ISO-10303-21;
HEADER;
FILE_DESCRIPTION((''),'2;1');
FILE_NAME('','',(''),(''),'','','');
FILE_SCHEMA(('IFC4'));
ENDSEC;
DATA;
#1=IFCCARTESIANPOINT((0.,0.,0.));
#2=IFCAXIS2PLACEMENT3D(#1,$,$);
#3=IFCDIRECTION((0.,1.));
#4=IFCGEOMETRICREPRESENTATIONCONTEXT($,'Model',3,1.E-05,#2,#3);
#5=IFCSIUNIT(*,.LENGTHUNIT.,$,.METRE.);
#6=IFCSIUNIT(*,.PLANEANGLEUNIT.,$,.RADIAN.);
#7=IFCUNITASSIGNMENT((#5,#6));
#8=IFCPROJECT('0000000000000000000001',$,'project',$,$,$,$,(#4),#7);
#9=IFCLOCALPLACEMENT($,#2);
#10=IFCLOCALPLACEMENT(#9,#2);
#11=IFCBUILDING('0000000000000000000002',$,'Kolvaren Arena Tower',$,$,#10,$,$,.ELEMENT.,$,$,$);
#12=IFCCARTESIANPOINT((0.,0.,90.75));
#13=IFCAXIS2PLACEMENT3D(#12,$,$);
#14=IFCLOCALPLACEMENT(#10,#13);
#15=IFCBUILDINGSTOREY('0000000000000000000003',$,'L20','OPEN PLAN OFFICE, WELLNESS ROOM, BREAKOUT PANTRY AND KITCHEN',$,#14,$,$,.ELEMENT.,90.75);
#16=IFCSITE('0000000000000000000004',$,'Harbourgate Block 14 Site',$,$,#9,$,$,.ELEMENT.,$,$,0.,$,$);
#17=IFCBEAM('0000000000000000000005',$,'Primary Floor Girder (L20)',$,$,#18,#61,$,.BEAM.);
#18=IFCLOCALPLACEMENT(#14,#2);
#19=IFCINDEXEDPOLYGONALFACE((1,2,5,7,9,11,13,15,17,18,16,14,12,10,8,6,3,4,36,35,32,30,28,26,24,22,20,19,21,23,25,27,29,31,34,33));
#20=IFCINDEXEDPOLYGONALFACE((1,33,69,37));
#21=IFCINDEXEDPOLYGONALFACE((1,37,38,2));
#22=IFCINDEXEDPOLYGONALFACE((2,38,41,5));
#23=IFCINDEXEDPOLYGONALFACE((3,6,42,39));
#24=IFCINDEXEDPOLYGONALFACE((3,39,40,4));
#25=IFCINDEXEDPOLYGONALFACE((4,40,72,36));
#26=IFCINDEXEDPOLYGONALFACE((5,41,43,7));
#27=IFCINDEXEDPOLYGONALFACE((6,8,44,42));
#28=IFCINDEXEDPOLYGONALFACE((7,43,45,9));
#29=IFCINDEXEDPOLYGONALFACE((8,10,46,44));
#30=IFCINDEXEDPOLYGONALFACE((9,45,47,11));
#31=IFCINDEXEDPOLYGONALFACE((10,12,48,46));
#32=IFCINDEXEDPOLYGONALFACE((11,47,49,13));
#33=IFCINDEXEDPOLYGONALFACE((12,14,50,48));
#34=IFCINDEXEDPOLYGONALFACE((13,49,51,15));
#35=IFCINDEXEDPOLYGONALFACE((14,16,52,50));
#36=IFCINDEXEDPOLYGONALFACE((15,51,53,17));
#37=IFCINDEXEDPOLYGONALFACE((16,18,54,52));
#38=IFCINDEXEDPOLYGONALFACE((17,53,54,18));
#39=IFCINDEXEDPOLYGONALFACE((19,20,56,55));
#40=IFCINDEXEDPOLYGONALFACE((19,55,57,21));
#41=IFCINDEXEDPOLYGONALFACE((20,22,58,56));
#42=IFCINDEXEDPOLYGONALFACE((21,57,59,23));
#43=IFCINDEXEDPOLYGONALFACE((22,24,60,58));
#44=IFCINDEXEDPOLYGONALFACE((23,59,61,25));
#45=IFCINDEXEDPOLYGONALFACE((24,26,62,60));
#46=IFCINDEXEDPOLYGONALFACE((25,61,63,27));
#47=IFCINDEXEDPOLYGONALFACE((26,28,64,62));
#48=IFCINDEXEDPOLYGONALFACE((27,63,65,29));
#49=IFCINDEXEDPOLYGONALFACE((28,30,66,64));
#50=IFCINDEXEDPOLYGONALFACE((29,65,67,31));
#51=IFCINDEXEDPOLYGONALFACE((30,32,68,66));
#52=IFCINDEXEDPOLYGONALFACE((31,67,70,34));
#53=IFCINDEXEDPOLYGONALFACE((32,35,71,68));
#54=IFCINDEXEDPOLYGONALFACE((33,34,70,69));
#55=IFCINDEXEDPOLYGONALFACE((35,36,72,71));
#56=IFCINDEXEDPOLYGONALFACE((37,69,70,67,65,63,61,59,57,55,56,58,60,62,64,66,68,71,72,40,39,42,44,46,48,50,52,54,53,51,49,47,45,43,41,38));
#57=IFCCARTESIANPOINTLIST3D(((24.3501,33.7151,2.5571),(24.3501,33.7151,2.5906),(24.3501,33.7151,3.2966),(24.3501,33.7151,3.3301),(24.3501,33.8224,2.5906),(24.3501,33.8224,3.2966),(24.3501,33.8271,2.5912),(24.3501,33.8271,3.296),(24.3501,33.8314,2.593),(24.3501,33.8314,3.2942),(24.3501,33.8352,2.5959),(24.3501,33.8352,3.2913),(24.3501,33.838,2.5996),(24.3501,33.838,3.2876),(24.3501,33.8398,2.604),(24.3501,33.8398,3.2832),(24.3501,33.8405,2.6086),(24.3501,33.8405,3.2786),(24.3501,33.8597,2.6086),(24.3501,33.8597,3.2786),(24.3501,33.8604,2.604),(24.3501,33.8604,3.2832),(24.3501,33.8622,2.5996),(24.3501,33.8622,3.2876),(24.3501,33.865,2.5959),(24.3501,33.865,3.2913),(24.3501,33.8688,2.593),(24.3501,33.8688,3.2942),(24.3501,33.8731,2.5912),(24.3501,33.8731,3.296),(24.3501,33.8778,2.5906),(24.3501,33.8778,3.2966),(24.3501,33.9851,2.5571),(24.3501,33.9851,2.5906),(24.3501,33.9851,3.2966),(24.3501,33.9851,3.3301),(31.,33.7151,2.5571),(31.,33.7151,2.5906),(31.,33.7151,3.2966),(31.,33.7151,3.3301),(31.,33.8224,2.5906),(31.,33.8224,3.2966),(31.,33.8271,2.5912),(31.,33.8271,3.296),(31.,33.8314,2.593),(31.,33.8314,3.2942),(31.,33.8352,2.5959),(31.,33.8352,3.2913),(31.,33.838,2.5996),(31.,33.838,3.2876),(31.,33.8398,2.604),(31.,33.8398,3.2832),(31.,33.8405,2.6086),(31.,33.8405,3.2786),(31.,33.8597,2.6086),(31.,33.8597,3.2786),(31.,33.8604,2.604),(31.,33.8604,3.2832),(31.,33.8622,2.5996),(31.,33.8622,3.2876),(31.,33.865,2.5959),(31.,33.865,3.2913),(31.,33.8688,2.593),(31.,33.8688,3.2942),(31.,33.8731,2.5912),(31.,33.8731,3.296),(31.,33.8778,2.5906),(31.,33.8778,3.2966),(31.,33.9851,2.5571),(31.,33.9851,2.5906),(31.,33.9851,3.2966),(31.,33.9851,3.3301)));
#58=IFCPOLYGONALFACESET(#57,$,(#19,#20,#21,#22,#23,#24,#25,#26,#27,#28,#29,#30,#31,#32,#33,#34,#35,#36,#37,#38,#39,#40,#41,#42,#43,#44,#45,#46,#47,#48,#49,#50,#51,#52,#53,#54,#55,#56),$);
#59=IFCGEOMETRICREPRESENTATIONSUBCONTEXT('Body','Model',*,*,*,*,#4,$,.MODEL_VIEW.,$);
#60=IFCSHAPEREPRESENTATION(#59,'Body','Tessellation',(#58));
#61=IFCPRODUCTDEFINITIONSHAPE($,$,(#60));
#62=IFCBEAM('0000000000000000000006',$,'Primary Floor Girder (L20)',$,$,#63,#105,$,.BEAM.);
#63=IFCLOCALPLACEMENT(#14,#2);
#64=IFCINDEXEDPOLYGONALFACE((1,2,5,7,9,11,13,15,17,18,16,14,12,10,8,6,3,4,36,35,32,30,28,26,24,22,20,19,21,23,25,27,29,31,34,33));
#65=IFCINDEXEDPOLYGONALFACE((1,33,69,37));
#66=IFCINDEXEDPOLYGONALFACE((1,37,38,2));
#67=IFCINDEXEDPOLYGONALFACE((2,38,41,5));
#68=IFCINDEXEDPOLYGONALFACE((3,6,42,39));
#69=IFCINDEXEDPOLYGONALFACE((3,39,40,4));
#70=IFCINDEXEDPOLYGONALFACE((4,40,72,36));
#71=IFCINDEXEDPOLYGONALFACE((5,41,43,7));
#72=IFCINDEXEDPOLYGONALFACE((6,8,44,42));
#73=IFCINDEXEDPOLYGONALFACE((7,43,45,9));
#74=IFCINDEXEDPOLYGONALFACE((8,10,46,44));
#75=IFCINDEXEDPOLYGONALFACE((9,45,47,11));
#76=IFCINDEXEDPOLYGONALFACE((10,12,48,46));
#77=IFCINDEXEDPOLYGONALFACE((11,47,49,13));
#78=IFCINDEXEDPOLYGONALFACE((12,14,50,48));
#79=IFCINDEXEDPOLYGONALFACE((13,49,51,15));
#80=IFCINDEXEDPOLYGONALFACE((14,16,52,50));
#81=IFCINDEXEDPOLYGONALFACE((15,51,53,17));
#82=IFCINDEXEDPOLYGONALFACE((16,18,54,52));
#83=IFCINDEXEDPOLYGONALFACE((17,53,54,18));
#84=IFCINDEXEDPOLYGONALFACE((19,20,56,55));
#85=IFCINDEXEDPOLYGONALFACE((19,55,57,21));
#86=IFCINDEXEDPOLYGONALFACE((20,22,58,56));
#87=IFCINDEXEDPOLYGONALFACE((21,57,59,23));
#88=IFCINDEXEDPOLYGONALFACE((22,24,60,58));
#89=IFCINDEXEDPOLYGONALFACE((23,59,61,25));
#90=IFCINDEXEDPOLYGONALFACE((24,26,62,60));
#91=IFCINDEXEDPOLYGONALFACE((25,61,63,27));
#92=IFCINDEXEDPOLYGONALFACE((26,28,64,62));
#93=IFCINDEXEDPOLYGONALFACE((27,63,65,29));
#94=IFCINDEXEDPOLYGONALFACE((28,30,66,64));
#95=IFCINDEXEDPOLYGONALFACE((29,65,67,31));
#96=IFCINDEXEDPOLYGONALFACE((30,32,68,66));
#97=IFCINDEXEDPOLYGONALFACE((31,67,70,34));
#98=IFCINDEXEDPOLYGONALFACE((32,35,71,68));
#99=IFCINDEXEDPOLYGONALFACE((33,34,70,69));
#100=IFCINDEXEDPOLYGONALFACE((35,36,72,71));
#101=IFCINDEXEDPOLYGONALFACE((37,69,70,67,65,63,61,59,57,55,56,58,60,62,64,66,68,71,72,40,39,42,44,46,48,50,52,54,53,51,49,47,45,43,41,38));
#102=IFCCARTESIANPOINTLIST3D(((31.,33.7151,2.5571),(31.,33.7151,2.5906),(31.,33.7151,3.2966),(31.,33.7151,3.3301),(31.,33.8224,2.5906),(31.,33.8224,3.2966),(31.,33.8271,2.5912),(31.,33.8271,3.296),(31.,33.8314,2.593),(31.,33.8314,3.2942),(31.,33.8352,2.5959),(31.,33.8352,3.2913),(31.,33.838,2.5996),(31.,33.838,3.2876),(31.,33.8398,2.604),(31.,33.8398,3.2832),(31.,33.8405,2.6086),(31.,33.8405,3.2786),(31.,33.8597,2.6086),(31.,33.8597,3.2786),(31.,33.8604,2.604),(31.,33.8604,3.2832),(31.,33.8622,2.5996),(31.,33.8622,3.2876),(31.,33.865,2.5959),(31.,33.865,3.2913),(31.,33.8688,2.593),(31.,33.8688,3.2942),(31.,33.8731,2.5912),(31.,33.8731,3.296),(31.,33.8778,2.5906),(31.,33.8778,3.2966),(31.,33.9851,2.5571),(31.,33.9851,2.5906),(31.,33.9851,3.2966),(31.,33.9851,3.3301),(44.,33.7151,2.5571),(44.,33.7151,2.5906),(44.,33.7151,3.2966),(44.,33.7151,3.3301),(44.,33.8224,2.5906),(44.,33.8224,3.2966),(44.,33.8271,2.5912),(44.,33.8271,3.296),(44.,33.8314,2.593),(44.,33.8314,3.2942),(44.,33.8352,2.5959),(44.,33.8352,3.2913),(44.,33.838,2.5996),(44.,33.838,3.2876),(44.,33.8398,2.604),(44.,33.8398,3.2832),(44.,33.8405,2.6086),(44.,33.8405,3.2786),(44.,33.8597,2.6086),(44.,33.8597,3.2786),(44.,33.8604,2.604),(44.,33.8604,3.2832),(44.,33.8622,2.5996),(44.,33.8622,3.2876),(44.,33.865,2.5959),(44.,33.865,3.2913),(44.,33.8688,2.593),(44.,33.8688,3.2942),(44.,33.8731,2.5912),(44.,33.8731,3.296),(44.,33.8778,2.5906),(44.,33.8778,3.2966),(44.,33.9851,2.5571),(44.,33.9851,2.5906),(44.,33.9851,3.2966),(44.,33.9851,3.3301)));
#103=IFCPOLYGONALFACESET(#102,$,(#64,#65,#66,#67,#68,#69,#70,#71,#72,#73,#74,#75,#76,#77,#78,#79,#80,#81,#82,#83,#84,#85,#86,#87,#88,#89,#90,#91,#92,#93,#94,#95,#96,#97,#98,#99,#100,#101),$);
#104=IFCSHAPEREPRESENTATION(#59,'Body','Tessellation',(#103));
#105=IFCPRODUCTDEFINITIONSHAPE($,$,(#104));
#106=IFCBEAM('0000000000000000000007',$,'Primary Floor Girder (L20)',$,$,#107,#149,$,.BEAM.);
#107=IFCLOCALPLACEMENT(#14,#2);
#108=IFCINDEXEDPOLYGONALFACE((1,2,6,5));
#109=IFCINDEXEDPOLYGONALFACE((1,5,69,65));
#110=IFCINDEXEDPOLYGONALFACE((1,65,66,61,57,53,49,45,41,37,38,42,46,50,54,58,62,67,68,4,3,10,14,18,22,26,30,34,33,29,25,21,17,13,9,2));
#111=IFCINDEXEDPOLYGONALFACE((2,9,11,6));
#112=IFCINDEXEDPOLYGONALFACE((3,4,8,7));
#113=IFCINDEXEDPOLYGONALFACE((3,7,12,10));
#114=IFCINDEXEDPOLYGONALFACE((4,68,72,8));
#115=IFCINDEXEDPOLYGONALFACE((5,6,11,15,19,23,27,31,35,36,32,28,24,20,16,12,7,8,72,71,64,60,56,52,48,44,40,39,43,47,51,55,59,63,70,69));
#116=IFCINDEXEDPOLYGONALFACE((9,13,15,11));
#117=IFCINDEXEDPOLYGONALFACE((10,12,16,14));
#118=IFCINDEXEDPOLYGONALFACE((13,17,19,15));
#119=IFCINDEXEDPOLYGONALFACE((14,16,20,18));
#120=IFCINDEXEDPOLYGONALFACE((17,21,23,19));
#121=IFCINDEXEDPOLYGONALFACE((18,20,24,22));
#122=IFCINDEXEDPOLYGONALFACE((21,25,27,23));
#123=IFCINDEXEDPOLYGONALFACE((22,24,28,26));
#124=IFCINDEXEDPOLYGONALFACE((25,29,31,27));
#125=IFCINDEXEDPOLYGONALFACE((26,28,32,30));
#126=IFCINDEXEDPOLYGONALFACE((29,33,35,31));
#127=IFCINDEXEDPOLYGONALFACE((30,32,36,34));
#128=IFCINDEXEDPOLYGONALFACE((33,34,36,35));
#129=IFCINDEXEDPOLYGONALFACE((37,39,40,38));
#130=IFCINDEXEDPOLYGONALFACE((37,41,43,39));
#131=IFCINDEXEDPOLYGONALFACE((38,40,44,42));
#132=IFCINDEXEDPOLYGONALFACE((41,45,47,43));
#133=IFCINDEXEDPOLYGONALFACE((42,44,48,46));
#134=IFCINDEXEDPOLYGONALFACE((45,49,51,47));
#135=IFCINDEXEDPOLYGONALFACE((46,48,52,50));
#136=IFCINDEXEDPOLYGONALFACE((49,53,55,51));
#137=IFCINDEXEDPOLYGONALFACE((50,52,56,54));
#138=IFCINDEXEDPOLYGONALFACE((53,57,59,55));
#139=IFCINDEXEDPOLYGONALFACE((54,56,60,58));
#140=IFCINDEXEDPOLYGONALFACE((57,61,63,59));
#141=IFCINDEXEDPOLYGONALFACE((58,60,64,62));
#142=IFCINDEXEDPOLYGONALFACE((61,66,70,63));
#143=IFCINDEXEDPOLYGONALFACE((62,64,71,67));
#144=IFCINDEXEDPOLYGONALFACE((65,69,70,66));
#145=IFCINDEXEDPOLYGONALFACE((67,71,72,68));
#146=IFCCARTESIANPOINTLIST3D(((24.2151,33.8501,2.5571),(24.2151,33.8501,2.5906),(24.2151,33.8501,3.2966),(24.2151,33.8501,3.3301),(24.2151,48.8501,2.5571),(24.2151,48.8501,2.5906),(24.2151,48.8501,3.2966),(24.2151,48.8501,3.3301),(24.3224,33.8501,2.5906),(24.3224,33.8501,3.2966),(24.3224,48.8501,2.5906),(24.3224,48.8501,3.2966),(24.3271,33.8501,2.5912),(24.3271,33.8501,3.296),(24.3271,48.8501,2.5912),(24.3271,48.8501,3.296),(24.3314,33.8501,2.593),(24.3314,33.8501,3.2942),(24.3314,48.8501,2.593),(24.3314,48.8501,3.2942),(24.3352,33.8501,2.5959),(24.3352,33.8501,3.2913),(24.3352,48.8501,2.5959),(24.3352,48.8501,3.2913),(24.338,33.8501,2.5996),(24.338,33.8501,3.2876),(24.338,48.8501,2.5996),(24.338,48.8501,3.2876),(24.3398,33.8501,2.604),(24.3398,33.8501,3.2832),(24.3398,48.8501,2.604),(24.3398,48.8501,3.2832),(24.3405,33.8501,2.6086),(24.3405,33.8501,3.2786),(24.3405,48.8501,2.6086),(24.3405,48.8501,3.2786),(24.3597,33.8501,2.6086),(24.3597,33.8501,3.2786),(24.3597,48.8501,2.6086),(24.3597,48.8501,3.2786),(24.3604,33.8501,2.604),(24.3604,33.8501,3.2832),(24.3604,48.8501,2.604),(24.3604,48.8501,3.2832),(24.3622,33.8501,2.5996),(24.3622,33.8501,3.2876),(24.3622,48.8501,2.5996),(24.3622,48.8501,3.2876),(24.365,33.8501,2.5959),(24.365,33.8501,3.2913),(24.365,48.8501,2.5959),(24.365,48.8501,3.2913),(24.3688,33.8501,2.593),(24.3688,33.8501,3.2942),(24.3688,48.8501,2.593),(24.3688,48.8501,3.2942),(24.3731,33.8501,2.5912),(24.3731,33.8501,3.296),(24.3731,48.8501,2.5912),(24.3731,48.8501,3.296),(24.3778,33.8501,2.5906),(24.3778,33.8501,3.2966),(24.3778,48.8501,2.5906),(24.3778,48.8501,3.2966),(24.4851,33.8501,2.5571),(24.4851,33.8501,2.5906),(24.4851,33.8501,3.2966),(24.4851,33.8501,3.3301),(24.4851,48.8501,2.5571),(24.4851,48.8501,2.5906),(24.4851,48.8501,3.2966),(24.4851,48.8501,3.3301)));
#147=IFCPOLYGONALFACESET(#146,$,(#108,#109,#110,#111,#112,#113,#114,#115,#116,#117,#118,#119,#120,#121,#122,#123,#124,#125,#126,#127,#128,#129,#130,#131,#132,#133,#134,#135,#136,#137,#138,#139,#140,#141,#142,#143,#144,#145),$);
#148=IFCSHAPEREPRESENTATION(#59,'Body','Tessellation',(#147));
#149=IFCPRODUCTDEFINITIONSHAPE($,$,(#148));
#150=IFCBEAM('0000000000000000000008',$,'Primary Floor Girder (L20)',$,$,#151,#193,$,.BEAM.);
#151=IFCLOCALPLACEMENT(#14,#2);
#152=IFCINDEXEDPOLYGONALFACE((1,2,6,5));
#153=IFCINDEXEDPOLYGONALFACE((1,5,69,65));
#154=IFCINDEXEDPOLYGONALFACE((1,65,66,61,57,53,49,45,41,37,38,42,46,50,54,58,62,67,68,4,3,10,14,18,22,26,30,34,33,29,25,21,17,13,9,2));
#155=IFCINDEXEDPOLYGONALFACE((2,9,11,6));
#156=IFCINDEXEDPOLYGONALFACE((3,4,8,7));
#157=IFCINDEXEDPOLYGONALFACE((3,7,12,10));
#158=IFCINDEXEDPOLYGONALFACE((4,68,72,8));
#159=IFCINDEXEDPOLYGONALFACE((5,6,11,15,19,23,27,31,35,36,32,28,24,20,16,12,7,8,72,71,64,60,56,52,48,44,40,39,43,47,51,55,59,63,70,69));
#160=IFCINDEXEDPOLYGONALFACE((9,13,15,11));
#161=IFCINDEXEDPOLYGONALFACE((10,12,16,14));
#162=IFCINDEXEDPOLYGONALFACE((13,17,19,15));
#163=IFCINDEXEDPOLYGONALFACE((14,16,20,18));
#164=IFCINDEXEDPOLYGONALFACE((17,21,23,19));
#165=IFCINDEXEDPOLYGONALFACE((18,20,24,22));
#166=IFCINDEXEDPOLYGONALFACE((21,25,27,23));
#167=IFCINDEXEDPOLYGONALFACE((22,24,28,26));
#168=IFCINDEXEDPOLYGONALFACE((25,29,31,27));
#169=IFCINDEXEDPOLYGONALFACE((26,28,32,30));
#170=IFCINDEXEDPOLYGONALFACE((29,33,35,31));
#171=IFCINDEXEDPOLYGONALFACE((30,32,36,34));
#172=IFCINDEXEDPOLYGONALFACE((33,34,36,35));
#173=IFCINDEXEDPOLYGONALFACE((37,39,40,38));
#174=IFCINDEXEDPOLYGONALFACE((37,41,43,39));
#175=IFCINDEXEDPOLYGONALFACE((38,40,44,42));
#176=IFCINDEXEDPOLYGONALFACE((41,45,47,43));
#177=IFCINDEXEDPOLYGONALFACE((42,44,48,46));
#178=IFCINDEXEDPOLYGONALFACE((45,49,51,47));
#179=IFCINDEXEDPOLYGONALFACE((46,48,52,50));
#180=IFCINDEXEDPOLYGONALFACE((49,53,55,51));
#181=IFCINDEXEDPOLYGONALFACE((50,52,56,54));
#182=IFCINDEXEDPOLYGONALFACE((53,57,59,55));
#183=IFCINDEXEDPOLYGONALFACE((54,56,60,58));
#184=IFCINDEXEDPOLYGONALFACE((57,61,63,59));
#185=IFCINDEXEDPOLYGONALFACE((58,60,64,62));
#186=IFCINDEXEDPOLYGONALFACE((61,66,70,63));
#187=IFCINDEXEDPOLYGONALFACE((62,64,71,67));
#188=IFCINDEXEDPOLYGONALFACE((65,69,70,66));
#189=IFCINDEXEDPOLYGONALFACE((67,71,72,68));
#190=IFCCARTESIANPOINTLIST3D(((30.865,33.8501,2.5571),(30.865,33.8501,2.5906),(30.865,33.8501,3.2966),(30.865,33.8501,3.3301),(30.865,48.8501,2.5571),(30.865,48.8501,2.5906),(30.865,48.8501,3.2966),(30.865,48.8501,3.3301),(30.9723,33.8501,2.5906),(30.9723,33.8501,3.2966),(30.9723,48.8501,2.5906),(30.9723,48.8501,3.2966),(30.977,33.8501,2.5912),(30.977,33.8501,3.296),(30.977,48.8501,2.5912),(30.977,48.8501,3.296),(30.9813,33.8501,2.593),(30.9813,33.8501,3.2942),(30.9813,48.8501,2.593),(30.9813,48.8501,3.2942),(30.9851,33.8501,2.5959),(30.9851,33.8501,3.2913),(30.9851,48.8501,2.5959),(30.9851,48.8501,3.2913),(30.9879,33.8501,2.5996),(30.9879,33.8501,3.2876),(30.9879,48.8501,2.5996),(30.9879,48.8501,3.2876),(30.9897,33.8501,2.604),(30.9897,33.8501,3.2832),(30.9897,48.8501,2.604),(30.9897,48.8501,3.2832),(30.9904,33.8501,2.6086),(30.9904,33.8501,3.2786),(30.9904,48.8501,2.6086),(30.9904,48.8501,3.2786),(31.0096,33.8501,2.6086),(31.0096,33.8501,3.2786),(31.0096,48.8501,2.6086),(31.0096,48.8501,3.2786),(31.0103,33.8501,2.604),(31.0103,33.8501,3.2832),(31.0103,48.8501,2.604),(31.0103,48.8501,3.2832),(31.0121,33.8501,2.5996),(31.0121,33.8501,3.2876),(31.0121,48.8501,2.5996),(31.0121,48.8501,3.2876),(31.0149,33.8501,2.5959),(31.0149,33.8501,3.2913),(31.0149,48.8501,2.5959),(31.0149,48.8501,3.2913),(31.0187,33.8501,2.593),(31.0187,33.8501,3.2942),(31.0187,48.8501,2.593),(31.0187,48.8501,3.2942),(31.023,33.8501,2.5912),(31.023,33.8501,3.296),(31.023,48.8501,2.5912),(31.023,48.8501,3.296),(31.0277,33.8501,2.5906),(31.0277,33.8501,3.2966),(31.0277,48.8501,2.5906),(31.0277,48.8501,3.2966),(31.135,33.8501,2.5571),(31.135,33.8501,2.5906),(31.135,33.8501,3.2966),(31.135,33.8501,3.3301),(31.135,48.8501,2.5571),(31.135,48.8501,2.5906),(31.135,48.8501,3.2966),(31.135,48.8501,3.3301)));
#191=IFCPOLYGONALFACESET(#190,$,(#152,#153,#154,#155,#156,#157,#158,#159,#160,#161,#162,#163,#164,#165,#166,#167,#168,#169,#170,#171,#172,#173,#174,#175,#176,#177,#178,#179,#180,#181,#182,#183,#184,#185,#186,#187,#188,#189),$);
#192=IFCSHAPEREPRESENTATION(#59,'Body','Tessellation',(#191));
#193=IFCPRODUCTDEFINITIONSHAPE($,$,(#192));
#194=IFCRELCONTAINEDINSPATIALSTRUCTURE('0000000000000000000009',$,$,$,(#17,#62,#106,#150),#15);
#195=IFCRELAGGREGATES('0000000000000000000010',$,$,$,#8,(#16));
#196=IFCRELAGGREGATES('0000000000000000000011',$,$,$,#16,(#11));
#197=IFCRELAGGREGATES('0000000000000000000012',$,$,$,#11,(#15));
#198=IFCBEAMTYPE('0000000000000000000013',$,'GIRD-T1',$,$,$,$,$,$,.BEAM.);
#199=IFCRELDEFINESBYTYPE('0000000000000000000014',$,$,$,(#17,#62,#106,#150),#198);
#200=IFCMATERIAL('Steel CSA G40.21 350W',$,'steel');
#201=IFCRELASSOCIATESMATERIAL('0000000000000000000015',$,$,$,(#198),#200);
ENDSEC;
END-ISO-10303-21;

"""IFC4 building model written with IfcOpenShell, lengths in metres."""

from ifc_helpers import new_model, si_unit, direction, frame, origin, origin_2d, place, context, subcontext, project, spatial, i_section, extrude, material, material_profile, profile_set, type_object, element, save


model = new_model("IFC4")

# Units and contexts
model_context = context("Model", 3, precision=1e-05, world=origin(), true_north=direction((0.0, 1.0)))
body_context = subcontext(model_context, "Body", "Model", "MODEL_VIEW")
ifc_project = project(units=[si_unit("LENGTHUNIT", "METRE"), si_unit("PLANEANGLEUNIT", "RADIAN")], contexts=[model_context])

# Site, building, storey
site_placement = place(None, origin())
site = spatial("IfcSite", under=ifc_project, at=site_placement, Name="Harbourgate Block 14 Site", CompositionType="ELEMENT", RefElevation=0.0)
building_placement = place(site_placement, origin())
building = spatial("IfcBuilding", under=site, at=building_placement, Name="Kolvaren Arena Tower", CompositionType="ELEMENT")
storey_placement = place(building_placement, frame((0.0, 0.0, 90.75)))
storey = spatial("IfcBuildingStorey", under=building, at=storey_placement, Name="L20", Description="OPEN PLAN OFFICE, WELLNESS ROOM, BREAKOUT PANTRY AND KITCHEN", CompositionType="ELEMENT", Elevation=90.75)

# Beams
ifc_material_1 = material(Name="Steel CSA G40.21 350W", Category="steel")
ifc_material_profile_1 = material_profile(ifc_material_1, i_section(OverallWidth=0.27, OverallDepth=0.7729, WebThickness=0.0193, FlangeThickness=0.0334, FilletRadius=0.0181, at=origin_2d()), Name="W760x257")
ifc_profile_set_1 = profile_set([ifc_material_profile_1], Name="Steel CSA G40.21 350W")
beam_type_1 = type_object("IfcBeamType", Name="GIRD-T1", PredefinedType="BEAM", material=ifc_profile_set_1)
beam_1_placement = place(storey_placement, frame((24.3501, 33.8501, 2.9436), z_axis=(1.0, 0.0, 0.0), x_axis=(0.0, 1.0, 0.0)))
element("IfcBeam", 1, at=beam_1_placement, inside=storey, type_object=beam_type_1, Name="Primary Floor Girder (L20)", PredefinedType="BEAM", context=body_context, shape_type="SweptSolid", body=[
    extrude(i_section(OverallWidth=0.27, OverallDepth=0.7729, WebThickness=0.0193, FlangeThickness=0.0334, FilletRadius=0.0181, at=origin_2d()), origin(), (0.0, 0.0, 1.0), 6.6499),
])
beam_2_placement = place(storey_placement, frame((31.0, 33.8501, 2.9436), z_axis=(1.0, 0.0, 0.0), x_axis=(0.0, 1.0, 0.0)))
element("IfcBeam", 2, at=beam_2_placement, inside=storey, type_object=beam_type_1, Name="Primary Floor Girder (L20)", PredefinedType="BEAM", context=body_context, shape_type="SweptSolid", body=[
    extrude(i_section(OverallWidth=0.27, OverallDepth=0.7729, WebThickness=0.0193, FlangeThickness=0.0334, FilletRadius=0.0181, at=origin_2d()), origin(), (0.0, 0.0, 1.0), 13.0),
])
for number, where, z_axis, x_axis, name in (
    (3, (24.3501, 33.8501, 2.9436), (0.0, 1.0, 0.0), (-1.0, 0.0, 0.0), "Primary Floor Girder (L20)"),
    (4, (31.0, 33.8501, 2.9436), (0.0, 1.0, 0.0), (-1.0, 0.0, 0.0), "Primary Floor Girder (L20)"),
):
    element("IfcBeam", number, at=place(storey_placement, frame(where, z_axis=z_axis, x_axis=x_axis)), inside=storey, type_object=beam_type_1, Name=name, PredefinedType="BEAM", context=body_context, shape_type="SweptSolid", body=[
        extrude(i_section(OverallWidth=0.27, OverallDepth=0.7729, WebThickness=0.0193, FlangeThickness=0.0334, FilletRadius=0.0181, at=origin_2d()), origin(), (0.0, 0.0, 1.0), 15.0),
    ])

save(model, "model.ifc")
